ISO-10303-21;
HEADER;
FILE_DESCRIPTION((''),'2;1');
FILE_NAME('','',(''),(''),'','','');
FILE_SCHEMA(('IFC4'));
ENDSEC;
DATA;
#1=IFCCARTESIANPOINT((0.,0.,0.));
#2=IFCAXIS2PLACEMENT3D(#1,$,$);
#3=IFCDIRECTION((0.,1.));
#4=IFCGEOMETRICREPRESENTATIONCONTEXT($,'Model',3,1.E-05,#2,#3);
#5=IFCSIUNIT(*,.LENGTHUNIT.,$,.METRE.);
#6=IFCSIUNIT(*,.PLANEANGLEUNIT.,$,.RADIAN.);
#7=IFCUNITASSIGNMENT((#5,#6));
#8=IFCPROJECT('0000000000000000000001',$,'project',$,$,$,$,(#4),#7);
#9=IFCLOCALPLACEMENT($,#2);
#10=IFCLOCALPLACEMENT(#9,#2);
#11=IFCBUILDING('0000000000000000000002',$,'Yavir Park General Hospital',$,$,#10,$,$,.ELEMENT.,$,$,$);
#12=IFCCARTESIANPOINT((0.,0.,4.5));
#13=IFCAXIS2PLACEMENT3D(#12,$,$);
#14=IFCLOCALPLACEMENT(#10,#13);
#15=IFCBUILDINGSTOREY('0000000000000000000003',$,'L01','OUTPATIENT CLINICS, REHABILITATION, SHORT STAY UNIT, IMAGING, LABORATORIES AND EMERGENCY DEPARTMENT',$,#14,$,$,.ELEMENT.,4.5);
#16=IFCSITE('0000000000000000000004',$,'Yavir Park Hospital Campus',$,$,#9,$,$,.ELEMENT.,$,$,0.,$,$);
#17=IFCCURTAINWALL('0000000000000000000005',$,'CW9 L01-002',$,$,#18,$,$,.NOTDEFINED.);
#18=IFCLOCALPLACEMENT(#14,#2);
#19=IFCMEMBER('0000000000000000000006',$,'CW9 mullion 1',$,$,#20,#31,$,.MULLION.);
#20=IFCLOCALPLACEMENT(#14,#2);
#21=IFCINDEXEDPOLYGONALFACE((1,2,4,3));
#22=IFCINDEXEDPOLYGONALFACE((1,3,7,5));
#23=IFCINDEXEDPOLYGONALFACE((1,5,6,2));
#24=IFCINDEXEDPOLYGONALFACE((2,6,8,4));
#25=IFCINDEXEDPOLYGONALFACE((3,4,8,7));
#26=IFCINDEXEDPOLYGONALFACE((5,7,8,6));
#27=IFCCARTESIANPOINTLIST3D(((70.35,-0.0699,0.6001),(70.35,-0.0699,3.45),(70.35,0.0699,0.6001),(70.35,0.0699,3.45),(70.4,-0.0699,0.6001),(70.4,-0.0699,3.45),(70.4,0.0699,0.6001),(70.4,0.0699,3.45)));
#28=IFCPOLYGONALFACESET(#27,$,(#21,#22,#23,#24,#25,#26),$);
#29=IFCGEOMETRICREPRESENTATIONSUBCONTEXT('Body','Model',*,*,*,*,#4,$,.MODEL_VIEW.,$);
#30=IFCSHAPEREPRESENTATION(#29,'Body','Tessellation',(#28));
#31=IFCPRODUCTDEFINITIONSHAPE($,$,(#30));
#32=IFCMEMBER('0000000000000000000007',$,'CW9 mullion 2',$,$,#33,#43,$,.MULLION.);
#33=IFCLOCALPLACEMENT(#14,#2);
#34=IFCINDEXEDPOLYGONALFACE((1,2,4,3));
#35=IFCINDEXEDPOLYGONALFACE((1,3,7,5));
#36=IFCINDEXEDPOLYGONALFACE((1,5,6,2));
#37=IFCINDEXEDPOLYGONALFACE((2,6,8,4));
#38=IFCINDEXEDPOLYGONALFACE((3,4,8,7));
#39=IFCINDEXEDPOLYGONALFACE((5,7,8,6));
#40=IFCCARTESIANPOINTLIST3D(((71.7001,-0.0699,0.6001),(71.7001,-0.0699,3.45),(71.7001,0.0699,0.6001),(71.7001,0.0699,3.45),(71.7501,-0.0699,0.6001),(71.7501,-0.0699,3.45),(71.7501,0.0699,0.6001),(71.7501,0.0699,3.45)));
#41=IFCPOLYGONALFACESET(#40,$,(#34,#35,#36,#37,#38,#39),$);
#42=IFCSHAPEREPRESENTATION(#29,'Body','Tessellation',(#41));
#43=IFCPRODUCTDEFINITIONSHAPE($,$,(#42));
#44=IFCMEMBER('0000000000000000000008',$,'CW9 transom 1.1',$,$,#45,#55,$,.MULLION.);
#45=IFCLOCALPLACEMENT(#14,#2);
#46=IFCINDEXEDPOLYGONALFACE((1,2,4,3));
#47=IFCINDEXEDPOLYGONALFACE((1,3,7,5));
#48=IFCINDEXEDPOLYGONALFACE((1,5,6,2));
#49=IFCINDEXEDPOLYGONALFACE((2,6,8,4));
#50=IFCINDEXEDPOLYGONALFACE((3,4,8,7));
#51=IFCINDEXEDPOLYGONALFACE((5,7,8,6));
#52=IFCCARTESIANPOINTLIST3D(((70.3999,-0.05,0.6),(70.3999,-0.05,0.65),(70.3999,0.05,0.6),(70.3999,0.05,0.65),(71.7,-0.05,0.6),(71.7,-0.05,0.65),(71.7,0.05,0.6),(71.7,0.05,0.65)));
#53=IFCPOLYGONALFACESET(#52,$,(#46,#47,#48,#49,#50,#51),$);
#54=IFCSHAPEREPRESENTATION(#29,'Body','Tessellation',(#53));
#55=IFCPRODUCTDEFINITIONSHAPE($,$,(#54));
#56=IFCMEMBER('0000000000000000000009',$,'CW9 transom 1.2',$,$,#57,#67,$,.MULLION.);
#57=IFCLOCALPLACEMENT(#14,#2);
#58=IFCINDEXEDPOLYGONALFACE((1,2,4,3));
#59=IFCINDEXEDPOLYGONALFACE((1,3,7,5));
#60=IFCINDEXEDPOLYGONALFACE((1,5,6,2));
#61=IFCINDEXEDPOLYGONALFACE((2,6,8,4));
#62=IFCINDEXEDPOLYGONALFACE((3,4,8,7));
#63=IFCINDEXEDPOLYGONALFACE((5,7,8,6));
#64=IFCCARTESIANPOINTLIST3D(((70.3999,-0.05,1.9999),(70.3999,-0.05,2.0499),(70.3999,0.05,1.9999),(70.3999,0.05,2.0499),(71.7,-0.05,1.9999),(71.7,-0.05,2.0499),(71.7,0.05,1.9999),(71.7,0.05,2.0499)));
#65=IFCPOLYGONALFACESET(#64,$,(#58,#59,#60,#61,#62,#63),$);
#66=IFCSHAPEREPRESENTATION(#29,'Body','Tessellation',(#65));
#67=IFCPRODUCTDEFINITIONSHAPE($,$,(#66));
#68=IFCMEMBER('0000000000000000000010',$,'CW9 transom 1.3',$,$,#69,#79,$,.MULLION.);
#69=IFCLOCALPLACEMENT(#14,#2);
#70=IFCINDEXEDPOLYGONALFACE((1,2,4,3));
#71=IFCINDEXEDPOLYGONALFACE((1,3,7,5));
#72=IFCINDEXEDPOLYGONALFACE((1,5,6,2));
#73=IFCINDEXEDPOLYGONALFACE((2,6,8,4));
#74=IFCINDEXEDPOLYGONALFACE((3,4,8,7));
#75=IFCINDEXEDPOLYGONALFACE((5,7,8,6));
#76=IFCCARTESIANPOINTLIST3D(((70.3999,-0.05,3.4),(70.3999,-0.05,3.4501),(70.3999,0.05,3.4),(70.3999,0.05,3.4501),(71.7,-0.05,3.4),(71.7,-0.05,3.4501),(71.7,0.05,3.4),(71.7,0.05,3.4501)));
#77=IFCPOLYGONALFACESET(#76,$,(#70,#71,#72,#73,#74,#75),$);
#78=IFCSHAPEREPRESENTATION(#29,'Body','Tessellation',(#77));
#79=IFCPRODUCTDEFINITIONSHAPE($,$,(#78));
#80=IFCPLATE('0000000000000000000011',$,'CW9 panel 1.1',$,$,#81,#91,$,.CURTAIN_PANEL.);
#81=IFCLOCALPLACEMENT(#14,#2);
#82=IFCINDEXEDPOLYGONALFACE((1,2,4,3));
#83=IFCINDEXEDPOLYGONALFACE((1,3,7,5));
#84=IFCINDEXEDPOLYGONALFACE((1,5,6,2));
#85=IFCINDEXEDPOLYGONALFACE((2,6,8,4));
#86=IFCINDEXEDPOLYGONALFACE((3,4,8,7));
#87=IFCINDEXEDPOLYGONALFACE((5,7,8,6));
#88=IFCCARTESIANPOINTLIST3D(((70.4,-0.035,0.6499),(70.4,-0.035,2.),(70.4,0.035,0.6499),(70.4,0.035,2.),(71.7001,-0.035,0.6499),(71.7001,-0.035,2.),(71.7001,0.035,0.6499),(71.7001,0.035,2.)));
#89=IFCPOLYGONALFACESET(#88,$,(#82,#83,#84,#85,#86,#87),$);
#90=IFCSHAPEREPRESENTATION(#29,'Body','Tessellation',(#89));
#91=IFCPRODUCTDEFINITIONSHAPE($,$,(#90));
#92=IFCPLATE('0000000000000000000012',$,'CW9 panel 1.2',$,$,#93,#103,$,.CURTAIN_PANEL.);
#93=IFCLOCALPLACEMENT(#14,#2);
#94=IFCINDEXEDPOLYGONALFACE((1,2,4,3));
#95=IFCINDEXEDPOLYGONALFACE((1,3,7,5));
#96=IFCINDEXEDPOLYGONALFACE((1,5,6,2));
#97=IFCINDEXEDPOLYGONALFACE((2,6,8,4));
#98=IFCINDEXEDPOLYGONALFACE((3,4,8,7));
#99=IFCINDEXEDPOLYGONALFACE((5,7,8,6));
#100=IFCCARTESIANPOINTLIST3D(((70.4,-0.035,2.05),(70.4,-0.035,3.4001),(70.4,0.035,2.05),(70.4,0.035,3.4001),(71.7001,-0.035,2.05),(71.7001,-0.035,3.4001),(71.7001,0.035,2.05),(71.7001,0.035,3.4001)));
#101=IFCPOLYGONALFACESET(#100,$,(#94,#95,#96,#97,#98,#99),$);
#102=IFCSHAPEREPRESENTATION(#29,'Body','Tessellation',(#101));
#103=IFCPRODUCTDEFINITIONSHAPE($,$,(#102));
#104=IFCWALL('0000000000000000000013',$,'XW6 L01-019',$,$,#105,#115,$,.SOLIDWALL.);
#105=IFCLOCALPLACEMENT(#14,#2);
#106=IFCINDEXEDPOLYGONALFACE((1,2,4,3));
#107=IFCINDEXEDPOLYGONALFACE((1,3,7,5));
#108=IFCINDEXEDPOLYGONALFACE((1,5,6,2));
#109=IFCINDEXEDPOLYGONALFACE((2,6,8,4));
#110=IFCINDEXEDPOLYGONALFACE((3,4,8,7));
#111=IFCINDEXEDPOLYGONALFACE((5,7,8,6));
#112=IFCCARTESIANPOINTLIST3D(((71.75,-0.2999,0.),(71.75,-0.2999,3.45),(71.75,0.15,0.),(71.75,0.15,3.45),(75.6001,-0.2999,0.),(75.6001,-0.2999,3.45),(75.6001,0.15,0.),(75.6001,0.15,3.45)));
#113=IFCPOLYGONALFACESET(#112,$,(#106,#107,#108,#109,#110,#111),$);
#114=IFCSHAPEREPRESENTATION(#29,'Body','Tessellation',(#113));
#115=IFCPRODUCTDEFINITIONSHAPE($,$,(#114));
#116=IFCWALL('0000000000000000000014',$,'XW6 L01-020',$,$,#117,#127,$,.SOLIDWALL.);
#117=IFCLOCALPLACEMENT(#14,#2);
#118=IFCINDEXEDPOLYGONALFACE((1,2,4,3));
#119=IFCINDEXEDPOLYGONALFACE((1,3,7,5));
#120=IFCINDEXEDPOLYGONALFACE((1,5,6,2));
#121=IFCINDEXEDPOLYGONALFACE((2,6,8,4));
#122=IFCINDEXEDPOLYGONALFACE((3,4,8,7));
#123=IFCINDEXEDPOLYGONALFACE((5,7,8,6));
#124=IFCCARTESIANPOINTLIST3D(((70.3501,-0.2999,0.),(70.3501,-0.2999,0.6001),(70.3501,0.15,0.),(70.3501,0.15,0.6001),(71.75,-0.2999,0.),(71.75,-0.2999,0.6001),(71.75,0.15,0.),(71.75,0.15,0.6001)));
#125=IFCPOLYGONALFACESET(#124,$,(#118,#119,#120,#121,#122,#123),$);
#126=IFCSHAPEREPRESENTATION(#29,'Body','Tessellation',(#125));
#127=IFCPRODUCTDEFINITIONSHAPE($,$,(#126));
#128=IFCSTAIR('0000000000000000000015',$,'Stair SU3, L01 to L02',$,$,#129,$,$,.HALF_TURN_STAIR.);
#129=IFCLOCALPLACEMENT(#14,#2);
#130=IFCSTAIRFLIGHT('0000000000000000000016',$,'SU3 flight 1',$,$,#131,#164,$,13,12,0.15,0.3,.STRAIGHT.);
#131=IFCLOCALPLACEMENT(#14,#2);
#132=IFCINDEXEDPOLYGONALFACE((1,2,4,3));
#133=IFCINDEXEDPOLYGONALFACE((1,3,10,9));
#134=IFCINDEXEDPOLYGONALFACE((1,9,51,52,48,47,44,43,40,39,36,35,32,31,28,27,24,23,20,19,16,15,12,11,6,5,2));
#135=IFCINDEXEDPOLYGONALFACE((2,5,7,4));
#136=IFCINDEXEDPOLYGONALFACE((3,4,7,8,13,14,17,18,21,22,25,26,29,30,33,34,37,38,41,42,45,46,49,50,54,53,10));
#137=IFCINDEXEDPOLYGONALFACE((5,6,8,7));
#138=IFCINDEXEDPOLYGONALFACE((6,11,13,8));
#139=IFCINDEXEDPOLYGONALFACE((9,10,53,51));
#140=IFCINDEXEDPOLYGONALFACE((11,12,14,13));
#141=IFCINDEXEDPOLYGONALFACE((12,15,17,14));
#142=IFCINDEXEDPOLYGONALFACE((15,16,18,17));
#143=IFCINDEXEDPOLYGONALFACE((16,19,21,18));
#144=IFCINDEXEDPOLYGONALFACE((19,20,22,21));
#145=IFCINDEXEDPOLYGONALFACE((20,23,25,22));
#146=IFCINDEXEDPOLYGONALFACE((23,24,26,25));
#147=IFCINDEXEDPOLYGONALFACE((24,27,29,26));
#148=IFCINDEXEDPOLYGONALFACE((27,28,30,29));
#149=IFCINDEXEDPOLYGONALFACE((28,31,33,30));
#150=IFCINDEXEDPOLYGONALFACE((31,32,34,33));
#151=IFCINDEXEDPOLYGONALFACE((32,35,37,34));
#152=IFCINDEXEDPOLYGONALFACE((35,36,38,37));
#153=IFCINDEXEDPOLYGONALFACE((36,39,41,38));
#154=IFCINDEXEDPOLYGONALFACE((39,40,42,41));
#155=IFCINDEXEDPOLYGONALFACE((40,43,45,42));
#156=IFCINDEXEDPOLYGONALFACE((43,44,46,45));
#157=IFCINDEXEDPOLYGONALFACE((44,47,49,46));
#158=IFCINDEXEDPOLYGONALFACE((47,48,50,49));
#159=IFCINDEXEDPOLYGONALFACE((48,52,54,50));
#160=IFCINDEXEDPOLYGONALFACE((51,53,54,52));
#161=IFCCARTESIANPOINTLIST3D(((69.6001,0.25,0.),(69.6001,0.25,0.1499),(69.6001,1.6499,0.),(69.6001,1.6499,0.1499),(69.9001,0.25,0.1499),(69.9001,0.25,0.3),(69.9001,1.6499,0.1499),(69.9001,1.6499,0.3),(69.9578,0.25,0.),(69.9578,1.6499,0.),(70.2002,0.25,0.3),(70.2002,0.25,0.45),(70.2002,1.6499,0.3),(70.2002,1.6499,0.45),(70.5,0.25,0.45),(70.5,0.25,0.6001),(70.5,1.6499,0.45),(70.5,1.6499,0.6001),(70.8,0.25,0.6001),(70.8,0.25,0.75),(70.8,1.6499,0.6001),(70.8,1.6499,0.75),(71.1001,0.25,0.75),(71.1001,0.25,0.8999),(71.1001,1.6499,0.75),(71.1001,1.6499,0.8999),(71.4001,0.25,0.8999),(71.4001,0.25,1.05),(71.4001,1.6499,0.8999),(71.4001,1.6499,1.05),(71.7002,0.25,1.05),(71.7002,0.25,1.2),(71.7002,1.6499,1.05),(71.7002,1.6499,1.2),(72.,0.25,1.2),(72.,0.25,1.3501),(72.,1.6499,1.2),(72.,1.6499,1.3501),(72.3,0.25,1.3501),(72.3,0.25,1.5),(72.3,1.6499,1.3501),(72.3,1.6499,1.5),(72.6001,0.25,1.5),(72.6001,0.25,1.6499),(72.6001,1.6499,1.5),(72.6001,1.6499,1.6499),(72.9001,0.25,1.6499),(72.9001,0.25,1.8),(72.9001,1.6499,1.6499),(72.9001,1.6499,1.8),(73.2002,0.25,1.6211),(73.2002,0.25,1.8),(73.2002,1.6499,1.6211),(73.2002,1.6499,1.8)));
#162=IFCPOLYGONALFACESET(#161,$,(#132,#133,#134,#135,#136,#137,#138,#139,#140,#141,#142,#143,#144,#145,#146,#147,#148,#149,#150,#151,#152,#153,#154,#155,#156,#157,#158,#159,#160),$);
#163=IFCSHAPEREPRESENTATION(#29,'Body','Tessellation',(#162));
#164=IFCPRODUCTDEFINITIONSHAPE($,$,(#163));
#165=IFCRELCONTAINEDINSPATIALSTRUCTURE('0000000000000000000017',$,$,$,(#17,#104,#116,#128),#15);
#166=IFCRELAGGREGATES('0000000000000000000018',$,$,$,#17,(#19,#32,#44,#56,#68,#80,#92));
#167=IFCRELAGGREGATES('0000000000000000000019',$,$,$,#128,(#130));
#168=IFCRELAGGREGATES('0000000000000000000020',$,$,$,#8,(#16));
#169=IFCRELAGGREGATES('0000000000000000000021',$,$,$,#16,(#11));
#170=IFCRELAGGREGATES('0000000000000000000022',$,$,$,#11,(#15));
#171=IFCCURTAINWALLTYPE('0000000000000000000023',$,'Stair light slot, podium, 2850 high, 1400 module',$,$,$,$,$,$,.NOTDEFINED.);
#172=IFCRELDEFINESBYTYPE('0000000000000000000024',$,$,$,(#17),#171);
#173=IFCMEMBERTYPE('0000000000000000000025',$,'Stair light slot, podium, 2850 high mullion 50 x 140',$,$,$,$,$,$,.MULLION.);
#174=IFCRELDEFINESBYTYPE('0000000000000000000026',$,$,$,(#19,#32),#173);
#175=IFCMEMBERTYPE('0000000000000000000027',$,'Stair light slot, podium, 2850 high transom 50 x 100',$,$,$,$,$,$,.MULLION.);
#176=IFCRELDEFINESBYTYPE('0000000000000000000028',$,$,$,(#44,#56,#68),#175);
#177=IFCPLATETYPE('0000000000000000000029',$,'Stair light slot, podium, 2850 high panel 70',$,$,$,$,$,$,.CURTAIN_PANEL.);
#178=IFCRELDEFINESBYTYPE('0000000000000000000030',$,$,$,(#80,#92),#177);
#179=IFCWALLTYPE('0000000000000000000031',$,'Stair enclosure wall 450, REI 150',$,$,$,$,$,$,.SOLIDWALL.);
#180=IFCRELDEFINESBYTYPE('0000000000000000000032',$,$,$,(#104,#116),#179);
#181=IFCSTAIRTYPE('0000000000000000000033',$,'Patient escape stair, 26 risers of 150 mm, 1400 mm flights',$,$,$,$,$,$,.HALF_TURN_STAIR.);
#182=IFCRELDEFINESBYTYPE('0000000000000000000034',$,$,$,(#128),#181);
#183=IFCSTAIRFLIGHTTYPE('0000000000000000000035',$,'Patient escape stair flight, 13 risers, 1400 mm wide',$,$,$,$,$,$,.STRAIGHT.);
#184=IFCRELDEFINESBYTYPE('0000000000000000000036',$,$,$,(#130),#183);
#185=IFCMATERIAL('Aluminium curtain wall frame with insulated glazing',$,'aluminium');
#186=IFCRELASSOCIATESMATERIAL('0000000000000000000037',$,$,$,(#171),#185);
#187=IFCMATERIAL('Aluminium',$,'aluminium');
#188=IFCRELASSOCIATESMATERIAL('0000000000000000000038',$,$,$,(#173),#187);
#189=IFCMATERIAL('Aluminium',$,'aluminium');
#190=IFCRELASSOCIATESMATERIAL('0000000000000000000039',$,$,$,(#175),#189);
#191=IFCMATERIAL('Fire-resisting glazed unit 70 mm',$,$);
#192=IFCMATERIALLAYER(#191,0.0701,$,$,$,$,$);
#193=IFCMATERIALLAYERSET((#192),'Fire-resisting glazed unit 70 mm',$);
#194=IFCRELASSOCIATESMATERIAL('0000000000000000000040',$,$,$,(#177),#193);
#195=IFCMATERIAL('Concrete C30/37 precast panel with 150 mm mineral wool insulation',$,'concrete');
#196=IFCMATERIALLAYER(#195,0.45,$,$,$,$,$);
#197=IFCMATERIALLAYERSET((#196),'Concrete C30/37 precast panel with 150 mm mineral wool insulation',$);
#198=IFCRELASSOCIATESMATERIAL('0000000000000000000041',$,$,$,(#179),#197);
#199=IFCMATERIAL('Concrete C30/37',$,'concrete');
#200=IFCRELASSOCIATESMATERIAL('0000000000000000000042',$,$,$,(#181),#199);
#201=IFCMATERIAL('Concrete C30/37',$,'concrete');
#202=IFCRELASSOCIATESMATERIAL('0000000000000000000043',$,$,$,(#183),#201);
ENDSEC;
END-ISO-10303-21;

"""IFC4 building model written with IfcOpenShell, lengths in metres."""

from ifc_helpers import new_model, si_unit, direction, frame, frame_2d, origin, origin_2d, place, context, subcontext, project, spatial, polyline, rectangle, outline, extrude, material, layer, layer_set, material_profile, profile_set, type_object, element, aggregate, save


model = new_model("IFC4")

# Units and contexts
model_context = context("Model", 3, precision=1e-05, world=origin(), true_north=direction((0.0, 1.0)))
body_context = subcontext(model_context, "Body", "Model", "MODEL_VIEW")
ifc_project = project(units=[si_unit("LENGTHUNIT", "METRE"), si_unit("PLANEANGLEUNIT", "RADIAN")], contexts=[model_context])

# Site, building, storey
site_placement = place(None, origin())
site = spatial("IfcSite", under=ifc_project, at=site_placement, Name="Yavir Park Hospital Campus", CompositionType="ELEMENT", RefElevation=0.0)
building_placement = place(site_placement, origin())
building = spatial("IfcBuilding", under=site, at=building_placement, Name="Yavir Park General Hospital", CompositionType="ELEMENT")
storey_placement = place(building_placement, frame((0.0, 0.0, 4.5)))
storey = spatial("IfcBuildingStorey", under=building, at=storey_placement, Name="L01", Description="OUTPATIENT CLINICS, REHABILITATION, SHORT STAY UNIT, IMAGING, LABORATORIES AND EMERGENCY DEPARTMENT", CompositionType="ELEMENT", Elevation=4.5)

# Curtain wall, members, plates
ifc_material_1 = material(Name="Aluminium curtain wall frame with insulated glazing", Category="aluminium")
curtain_wall_type = type_object("IfcCurtainWallType", Name="Stair light slot, podium, 2850 high, 1400 module", PredefinedType="NOTDEFINED", material=ifc_material_1)
curtain_wall_placement = place(storey_placement, origin())
curtain_wall = element("IfcCurtainWall", 1, at=curtain_wall_placement, inside=storey, type_object=curtain_wall_type, Name="CW9 L01-002", PredefinedType="NOTDEFINED")
ifc_material_2 = material(Name="Aluminium", Category="aluminium")
ifc_material_profile_1 = material_profile(ifc_material_2, rectangle(XDim=0.1399, YDim=0.05, at=origin_2d()), Name="AL 50x140")
ifc_profile_set_1 = profile_set([ifc_material_profile_1], Name="Aluminium")
member_type_1 = type_object("IfcMemberType", Name="Stair light slot, podium, 2850 high mullion 50 x 140", PredefinedType="MULLION", material=ifc_profile_set_1)
member_1_placement = place(storey_placement, frame((70.375, 0.0, 0.6001), z_axis=(0.0, 0.0, 1.0), x_axis=(0.0, 1.0, 0.0)))
member_1 = element("IfcMember", 2, at=member_1_placement, type_object=member_type_1, Name="CW9 mullion 1", PredefinedType="MULLION", context=body_context, shape_type="SweptSolid", body=[
    extrude(rectangle(XDim=0.1399, YDim=0.05, at=origin_2d()), origin(), (0.0, 0.0, 1.0), 2.8499),
])
member_2_placement = place(storey_placement, frame((71.7251, 0.0, 0.6001), z_axis=(0.0, 0.0, 1.0), x_axis=(0.0, 1.0, 0.0)))
member_2 = element("IfcMember", 3, at=member_2_placement, type_object=member_type_1, Name="CW9 mullion 2", PredefinedType="MULLION", context=body_context, shape_type="SweptSolid", body=[
    extrude(rectangle(XDim=0.1399, YDim=0.05, at=origin_2d()), origin(), (0.0, 0.0, 1.0), 2.8499),
])
ifc_material_3 = material(Name="Aluminium", Category="aluminium")
ifc_material_profile_2 = material_profile(ifc_material_3, rectangle(XDim=0.1001, YDim=0.05, at=origin_2d()), Name="AL 100x50")
ifc_profile_set_2 = profile_set([ifc_material_profile_2], Name="Aluminium")
member_type_2 = type_object("IfcMemberType", Name="Stair light slot, podium, 2850 high transom 50 x 100", PredefinedType="MULLION", material=ifc_profile_set_2)
member_3_placement = place(storey_placement, frame((70.3999, 0.0, 0.625), z_axis=(1.0, 0.0, 0.0), x_axis=(0.0, 1.0, 0.0)))
member_3 = element("IfcMember", 4, at=member_3_placement, type_object=member_type_2, Name="CW9 transom 1.1", PredefinedType="MULLION", context=body_context, shape_type="SweptSolid", body=[
    extrude(rectangle(XDim=0.1001, YDim=0.05, at=origin_2d()), origin(), (0.0, 0.0, 1.0), 1.3),
])
member_4_placement = place(storey_placement, frame((70.3999, 0.0, 2.0249), z_axis=(1.0, 0.0, 0.0), x_axis=(0.0, 1.0, 0.0)))
member_4 = element("IfcMember", 5, at=member_4_placement, type_object=member_type_2, Name="CW9 transom 1.2", PredefinedType="MULLION", context=body_context, shape_type="SweptSolid", body=[
    extrude(rectangle(XDim=0.1001, YDim=0.05, at=origin_2d()), origin(), (0.0, 0.0, 1.0), 1.3),
])
member_5_placement = place(storey_placement, frame((70.3999, 0.0, 3.425), z_axis=(1.0, 0.0, 0.0), x_axis=(0.0, 1.0, 0.0)))
member_5 = element("IfcMember", 6, at=member_5_placement, type_object=member_type_2, Name="CW9 transom 1.3", PredefinedType="MULLION", context=body_context, shape_type="SweptSolid", body=[
    extrude(rectangle(XDim=0.1001, YDim=0.05, at=origin_2d()), origin(), (0.0, 0.0, 1.0), 1.3),
])
ifc_material_4 = material(Name="Fire-resisting glazed unit 70 mm")
ifc_layer_1 = layer(ifc_material_4, 0.0701)
ifc_layer_set_1 = layer_set([ifc_layer_1], Name="Fire-resisting glazed unit 70 mm")
plate_type = type_object("IfcPlateType", Name="Stair light slot, podium, 2850 high panel 70", PredefinedType="CURTAIN_PANEL", material=ifc_layer_set_1)
plate_1_placement = place(storey_placement, frame((71.05, 0.0, 0.6499), z_axis=(0.0, 0.0, 1.0), x_axis=(1.0, 0.0, 0.0)))
plate_1 = element("IfcPlate", 7, at=plate_1_placement, type_object=plate_type, Name="CW9 panel 1.1", PredefinedType="CURTAIN_PANEL", context=body_context, shape_type="SweptSolid", body=[
    extrude(rectangle(XDim=1.3, YDim=0.0701, at=origin_2d()), origin(), (0.0, 0.0, 1.0), 1.3501),
])
plate_2_placement = place(storey_placement, frame((71.05, 0.0, 2.05), z_axis=(0.0, 0.0, 1.0), x_axis=(1.0, 0.0, 0.0)))
plate_2 = element("IfcPlate", 8, at=plate_2_placement, type_object=plate_type, Name="CW9 panel 1.2", PredefinedType="CURTAIN_PANEL", context=body_context, shape_type="SweptSolid", body=[
    extrude(rectangle(XDim=1.3, YDim=0.0701, at=origin_2d()), origin(), (0.0, 0.0, 1.0), 1.3501),
])
aggregate(curtain_wall, [member_1, member_2, member_3, member_4, member_5, plate_1, plate_2])

# Walls
ifc_material_5 = material(Name="Concrete C30/37 precast panel with 150 mm mineral wool insulation", Category="concrete")
ifc_layer_2 = layer(ifc_material_5, 0.45)
ifc_layer_set_2 = layer_set([ifc_layer_2], Name="Concrete C30/37 precast panel with 150 mm mineral wool insulation")
wall_type = type_object("IfcWallType", Name="Stair enclosure wall 450, REI 150", PredefinedType="SOLIDWALL", material=ifc_layer_set_2)
wall_1_placement = place(storey_placement, frame((71.75, -0.075, 0.0), z_axis=(0.0, 0.0, 1.0), x_axis=(1.0, 0.0, 0.0)))
element("IfcWall", 9, at=wall_1_placement, inside=storey, type_object=wall_type, Name="XW6 L01-019", PredefinedType="SOLIDWALL", context=body_context, shape_type="SweptSolid", body=[
    extrude(rectangle(XDim=3.8501, YDim=0.45, at=frame_2d((1.925, 0.0))), origin(), (0.0, 0.0, 1.0), 3.45),
])
wall_2_placement = place(storey_placement, frame((70.3501, -0.075, 0.0), z_axis=(0.0, 0.0, 1.0), x_axis=(1.0, 0.0, 0.0)))
element("IfcWall", 10, at=wall_2_placement, inside=storey, type_object=wall_type, Name="XW6 L01-020", PredefinedType="SOLIDWALL", context=body_context, shape_type="SweptSolid", body=[
    extrude(rectangle(XDim=1.3999, YDim=0.45, at=frame_2d((0.7, 0.0))), origin(), (0.0, 0.0, 1.0), 0.6001),
])

# Stair, stair flight
ifc_material_6 = material(Name="Concrete C30/37", Category="concrete")
stair_type = type_object("IfcStairType", Name="Patient escape stair, 26 risers of 150 mm, 1400 mm flights", PredefinedType="HALF_TURN_STAIR", material=ifc_material_6)
stair_placement = place(storey_placement, origin())
stair = element("IfcStair", 11, at=stair_placement, inside=storey, type_object=stair_type, Name="Stair SU3, L01 to L02", PredefinedType="HALF_TURN_STAIR")
ifc_material_7 = material(Name="Concrete C30/37", Category="concrete")
stair_flight_type = type_object("IfcStairFlightType", Name="Patient escape stair flight, 13 risers, 1400 mm wide", PredefinedType="STRAIGHT", material=ifc_material_7)
stair_flight_placement = place(storey_placement, frame((69.6001, 0.95, 0.0), z_axis=(0.0, 0.0, 1.0), x_axis=(1.0, 0.0, 0.0)))
stair_flight = element("IfcStairFlight", 12, at=stair_flight_placement, type_object=stair_flight_type, Name="SU3 flight 1", NumberOfRisers=13, NumberOfTreads=12, PredefinedType="STRAIGHT", RiserHeight=0.15, TreadLength=0.3, context=body_context, shape_type="SweptSolid", body=[
    extrude(outline(polyline([(0.0, 0.0), (0.0, 0.1499), (0.3, 0.1499), (0.3, 0.3), (0.6001, 0.3), (0.6001, 0.45), (0.8999, 0.45), (0.8999, 0.6001), (1.2, 0.6001), (1.2, 0.75), (1.5, 0.75), (1.5, 0.8999), (1.8, 0.8999), (1.8, 1.05), (2.1001, 1.05), (2.1001, 1.2), (2.3999, 1.2), (2.3999, 1.3501), (2.7, 1.3501), (2.7, 1.5), (3.0, 1.5), (3.0, 1.6499), (3.3, 1.6499), (3.3, 1.8), (3.6001, 1.8), (3.6001, 1.95), (3.6001, 1.6211), (0.3577, 0.0), (0.0, 0.0)])), frame((0.0, 0.7, 0.0), z_axis=(0.0, -1.0, 0.0), x_axis=(1.0, 0.0, 0.0)), (0.0, 0.0, 1.0), 1.3999),
])
aggregate(stair, [stair_flight])

save(model, "model.ifc")
